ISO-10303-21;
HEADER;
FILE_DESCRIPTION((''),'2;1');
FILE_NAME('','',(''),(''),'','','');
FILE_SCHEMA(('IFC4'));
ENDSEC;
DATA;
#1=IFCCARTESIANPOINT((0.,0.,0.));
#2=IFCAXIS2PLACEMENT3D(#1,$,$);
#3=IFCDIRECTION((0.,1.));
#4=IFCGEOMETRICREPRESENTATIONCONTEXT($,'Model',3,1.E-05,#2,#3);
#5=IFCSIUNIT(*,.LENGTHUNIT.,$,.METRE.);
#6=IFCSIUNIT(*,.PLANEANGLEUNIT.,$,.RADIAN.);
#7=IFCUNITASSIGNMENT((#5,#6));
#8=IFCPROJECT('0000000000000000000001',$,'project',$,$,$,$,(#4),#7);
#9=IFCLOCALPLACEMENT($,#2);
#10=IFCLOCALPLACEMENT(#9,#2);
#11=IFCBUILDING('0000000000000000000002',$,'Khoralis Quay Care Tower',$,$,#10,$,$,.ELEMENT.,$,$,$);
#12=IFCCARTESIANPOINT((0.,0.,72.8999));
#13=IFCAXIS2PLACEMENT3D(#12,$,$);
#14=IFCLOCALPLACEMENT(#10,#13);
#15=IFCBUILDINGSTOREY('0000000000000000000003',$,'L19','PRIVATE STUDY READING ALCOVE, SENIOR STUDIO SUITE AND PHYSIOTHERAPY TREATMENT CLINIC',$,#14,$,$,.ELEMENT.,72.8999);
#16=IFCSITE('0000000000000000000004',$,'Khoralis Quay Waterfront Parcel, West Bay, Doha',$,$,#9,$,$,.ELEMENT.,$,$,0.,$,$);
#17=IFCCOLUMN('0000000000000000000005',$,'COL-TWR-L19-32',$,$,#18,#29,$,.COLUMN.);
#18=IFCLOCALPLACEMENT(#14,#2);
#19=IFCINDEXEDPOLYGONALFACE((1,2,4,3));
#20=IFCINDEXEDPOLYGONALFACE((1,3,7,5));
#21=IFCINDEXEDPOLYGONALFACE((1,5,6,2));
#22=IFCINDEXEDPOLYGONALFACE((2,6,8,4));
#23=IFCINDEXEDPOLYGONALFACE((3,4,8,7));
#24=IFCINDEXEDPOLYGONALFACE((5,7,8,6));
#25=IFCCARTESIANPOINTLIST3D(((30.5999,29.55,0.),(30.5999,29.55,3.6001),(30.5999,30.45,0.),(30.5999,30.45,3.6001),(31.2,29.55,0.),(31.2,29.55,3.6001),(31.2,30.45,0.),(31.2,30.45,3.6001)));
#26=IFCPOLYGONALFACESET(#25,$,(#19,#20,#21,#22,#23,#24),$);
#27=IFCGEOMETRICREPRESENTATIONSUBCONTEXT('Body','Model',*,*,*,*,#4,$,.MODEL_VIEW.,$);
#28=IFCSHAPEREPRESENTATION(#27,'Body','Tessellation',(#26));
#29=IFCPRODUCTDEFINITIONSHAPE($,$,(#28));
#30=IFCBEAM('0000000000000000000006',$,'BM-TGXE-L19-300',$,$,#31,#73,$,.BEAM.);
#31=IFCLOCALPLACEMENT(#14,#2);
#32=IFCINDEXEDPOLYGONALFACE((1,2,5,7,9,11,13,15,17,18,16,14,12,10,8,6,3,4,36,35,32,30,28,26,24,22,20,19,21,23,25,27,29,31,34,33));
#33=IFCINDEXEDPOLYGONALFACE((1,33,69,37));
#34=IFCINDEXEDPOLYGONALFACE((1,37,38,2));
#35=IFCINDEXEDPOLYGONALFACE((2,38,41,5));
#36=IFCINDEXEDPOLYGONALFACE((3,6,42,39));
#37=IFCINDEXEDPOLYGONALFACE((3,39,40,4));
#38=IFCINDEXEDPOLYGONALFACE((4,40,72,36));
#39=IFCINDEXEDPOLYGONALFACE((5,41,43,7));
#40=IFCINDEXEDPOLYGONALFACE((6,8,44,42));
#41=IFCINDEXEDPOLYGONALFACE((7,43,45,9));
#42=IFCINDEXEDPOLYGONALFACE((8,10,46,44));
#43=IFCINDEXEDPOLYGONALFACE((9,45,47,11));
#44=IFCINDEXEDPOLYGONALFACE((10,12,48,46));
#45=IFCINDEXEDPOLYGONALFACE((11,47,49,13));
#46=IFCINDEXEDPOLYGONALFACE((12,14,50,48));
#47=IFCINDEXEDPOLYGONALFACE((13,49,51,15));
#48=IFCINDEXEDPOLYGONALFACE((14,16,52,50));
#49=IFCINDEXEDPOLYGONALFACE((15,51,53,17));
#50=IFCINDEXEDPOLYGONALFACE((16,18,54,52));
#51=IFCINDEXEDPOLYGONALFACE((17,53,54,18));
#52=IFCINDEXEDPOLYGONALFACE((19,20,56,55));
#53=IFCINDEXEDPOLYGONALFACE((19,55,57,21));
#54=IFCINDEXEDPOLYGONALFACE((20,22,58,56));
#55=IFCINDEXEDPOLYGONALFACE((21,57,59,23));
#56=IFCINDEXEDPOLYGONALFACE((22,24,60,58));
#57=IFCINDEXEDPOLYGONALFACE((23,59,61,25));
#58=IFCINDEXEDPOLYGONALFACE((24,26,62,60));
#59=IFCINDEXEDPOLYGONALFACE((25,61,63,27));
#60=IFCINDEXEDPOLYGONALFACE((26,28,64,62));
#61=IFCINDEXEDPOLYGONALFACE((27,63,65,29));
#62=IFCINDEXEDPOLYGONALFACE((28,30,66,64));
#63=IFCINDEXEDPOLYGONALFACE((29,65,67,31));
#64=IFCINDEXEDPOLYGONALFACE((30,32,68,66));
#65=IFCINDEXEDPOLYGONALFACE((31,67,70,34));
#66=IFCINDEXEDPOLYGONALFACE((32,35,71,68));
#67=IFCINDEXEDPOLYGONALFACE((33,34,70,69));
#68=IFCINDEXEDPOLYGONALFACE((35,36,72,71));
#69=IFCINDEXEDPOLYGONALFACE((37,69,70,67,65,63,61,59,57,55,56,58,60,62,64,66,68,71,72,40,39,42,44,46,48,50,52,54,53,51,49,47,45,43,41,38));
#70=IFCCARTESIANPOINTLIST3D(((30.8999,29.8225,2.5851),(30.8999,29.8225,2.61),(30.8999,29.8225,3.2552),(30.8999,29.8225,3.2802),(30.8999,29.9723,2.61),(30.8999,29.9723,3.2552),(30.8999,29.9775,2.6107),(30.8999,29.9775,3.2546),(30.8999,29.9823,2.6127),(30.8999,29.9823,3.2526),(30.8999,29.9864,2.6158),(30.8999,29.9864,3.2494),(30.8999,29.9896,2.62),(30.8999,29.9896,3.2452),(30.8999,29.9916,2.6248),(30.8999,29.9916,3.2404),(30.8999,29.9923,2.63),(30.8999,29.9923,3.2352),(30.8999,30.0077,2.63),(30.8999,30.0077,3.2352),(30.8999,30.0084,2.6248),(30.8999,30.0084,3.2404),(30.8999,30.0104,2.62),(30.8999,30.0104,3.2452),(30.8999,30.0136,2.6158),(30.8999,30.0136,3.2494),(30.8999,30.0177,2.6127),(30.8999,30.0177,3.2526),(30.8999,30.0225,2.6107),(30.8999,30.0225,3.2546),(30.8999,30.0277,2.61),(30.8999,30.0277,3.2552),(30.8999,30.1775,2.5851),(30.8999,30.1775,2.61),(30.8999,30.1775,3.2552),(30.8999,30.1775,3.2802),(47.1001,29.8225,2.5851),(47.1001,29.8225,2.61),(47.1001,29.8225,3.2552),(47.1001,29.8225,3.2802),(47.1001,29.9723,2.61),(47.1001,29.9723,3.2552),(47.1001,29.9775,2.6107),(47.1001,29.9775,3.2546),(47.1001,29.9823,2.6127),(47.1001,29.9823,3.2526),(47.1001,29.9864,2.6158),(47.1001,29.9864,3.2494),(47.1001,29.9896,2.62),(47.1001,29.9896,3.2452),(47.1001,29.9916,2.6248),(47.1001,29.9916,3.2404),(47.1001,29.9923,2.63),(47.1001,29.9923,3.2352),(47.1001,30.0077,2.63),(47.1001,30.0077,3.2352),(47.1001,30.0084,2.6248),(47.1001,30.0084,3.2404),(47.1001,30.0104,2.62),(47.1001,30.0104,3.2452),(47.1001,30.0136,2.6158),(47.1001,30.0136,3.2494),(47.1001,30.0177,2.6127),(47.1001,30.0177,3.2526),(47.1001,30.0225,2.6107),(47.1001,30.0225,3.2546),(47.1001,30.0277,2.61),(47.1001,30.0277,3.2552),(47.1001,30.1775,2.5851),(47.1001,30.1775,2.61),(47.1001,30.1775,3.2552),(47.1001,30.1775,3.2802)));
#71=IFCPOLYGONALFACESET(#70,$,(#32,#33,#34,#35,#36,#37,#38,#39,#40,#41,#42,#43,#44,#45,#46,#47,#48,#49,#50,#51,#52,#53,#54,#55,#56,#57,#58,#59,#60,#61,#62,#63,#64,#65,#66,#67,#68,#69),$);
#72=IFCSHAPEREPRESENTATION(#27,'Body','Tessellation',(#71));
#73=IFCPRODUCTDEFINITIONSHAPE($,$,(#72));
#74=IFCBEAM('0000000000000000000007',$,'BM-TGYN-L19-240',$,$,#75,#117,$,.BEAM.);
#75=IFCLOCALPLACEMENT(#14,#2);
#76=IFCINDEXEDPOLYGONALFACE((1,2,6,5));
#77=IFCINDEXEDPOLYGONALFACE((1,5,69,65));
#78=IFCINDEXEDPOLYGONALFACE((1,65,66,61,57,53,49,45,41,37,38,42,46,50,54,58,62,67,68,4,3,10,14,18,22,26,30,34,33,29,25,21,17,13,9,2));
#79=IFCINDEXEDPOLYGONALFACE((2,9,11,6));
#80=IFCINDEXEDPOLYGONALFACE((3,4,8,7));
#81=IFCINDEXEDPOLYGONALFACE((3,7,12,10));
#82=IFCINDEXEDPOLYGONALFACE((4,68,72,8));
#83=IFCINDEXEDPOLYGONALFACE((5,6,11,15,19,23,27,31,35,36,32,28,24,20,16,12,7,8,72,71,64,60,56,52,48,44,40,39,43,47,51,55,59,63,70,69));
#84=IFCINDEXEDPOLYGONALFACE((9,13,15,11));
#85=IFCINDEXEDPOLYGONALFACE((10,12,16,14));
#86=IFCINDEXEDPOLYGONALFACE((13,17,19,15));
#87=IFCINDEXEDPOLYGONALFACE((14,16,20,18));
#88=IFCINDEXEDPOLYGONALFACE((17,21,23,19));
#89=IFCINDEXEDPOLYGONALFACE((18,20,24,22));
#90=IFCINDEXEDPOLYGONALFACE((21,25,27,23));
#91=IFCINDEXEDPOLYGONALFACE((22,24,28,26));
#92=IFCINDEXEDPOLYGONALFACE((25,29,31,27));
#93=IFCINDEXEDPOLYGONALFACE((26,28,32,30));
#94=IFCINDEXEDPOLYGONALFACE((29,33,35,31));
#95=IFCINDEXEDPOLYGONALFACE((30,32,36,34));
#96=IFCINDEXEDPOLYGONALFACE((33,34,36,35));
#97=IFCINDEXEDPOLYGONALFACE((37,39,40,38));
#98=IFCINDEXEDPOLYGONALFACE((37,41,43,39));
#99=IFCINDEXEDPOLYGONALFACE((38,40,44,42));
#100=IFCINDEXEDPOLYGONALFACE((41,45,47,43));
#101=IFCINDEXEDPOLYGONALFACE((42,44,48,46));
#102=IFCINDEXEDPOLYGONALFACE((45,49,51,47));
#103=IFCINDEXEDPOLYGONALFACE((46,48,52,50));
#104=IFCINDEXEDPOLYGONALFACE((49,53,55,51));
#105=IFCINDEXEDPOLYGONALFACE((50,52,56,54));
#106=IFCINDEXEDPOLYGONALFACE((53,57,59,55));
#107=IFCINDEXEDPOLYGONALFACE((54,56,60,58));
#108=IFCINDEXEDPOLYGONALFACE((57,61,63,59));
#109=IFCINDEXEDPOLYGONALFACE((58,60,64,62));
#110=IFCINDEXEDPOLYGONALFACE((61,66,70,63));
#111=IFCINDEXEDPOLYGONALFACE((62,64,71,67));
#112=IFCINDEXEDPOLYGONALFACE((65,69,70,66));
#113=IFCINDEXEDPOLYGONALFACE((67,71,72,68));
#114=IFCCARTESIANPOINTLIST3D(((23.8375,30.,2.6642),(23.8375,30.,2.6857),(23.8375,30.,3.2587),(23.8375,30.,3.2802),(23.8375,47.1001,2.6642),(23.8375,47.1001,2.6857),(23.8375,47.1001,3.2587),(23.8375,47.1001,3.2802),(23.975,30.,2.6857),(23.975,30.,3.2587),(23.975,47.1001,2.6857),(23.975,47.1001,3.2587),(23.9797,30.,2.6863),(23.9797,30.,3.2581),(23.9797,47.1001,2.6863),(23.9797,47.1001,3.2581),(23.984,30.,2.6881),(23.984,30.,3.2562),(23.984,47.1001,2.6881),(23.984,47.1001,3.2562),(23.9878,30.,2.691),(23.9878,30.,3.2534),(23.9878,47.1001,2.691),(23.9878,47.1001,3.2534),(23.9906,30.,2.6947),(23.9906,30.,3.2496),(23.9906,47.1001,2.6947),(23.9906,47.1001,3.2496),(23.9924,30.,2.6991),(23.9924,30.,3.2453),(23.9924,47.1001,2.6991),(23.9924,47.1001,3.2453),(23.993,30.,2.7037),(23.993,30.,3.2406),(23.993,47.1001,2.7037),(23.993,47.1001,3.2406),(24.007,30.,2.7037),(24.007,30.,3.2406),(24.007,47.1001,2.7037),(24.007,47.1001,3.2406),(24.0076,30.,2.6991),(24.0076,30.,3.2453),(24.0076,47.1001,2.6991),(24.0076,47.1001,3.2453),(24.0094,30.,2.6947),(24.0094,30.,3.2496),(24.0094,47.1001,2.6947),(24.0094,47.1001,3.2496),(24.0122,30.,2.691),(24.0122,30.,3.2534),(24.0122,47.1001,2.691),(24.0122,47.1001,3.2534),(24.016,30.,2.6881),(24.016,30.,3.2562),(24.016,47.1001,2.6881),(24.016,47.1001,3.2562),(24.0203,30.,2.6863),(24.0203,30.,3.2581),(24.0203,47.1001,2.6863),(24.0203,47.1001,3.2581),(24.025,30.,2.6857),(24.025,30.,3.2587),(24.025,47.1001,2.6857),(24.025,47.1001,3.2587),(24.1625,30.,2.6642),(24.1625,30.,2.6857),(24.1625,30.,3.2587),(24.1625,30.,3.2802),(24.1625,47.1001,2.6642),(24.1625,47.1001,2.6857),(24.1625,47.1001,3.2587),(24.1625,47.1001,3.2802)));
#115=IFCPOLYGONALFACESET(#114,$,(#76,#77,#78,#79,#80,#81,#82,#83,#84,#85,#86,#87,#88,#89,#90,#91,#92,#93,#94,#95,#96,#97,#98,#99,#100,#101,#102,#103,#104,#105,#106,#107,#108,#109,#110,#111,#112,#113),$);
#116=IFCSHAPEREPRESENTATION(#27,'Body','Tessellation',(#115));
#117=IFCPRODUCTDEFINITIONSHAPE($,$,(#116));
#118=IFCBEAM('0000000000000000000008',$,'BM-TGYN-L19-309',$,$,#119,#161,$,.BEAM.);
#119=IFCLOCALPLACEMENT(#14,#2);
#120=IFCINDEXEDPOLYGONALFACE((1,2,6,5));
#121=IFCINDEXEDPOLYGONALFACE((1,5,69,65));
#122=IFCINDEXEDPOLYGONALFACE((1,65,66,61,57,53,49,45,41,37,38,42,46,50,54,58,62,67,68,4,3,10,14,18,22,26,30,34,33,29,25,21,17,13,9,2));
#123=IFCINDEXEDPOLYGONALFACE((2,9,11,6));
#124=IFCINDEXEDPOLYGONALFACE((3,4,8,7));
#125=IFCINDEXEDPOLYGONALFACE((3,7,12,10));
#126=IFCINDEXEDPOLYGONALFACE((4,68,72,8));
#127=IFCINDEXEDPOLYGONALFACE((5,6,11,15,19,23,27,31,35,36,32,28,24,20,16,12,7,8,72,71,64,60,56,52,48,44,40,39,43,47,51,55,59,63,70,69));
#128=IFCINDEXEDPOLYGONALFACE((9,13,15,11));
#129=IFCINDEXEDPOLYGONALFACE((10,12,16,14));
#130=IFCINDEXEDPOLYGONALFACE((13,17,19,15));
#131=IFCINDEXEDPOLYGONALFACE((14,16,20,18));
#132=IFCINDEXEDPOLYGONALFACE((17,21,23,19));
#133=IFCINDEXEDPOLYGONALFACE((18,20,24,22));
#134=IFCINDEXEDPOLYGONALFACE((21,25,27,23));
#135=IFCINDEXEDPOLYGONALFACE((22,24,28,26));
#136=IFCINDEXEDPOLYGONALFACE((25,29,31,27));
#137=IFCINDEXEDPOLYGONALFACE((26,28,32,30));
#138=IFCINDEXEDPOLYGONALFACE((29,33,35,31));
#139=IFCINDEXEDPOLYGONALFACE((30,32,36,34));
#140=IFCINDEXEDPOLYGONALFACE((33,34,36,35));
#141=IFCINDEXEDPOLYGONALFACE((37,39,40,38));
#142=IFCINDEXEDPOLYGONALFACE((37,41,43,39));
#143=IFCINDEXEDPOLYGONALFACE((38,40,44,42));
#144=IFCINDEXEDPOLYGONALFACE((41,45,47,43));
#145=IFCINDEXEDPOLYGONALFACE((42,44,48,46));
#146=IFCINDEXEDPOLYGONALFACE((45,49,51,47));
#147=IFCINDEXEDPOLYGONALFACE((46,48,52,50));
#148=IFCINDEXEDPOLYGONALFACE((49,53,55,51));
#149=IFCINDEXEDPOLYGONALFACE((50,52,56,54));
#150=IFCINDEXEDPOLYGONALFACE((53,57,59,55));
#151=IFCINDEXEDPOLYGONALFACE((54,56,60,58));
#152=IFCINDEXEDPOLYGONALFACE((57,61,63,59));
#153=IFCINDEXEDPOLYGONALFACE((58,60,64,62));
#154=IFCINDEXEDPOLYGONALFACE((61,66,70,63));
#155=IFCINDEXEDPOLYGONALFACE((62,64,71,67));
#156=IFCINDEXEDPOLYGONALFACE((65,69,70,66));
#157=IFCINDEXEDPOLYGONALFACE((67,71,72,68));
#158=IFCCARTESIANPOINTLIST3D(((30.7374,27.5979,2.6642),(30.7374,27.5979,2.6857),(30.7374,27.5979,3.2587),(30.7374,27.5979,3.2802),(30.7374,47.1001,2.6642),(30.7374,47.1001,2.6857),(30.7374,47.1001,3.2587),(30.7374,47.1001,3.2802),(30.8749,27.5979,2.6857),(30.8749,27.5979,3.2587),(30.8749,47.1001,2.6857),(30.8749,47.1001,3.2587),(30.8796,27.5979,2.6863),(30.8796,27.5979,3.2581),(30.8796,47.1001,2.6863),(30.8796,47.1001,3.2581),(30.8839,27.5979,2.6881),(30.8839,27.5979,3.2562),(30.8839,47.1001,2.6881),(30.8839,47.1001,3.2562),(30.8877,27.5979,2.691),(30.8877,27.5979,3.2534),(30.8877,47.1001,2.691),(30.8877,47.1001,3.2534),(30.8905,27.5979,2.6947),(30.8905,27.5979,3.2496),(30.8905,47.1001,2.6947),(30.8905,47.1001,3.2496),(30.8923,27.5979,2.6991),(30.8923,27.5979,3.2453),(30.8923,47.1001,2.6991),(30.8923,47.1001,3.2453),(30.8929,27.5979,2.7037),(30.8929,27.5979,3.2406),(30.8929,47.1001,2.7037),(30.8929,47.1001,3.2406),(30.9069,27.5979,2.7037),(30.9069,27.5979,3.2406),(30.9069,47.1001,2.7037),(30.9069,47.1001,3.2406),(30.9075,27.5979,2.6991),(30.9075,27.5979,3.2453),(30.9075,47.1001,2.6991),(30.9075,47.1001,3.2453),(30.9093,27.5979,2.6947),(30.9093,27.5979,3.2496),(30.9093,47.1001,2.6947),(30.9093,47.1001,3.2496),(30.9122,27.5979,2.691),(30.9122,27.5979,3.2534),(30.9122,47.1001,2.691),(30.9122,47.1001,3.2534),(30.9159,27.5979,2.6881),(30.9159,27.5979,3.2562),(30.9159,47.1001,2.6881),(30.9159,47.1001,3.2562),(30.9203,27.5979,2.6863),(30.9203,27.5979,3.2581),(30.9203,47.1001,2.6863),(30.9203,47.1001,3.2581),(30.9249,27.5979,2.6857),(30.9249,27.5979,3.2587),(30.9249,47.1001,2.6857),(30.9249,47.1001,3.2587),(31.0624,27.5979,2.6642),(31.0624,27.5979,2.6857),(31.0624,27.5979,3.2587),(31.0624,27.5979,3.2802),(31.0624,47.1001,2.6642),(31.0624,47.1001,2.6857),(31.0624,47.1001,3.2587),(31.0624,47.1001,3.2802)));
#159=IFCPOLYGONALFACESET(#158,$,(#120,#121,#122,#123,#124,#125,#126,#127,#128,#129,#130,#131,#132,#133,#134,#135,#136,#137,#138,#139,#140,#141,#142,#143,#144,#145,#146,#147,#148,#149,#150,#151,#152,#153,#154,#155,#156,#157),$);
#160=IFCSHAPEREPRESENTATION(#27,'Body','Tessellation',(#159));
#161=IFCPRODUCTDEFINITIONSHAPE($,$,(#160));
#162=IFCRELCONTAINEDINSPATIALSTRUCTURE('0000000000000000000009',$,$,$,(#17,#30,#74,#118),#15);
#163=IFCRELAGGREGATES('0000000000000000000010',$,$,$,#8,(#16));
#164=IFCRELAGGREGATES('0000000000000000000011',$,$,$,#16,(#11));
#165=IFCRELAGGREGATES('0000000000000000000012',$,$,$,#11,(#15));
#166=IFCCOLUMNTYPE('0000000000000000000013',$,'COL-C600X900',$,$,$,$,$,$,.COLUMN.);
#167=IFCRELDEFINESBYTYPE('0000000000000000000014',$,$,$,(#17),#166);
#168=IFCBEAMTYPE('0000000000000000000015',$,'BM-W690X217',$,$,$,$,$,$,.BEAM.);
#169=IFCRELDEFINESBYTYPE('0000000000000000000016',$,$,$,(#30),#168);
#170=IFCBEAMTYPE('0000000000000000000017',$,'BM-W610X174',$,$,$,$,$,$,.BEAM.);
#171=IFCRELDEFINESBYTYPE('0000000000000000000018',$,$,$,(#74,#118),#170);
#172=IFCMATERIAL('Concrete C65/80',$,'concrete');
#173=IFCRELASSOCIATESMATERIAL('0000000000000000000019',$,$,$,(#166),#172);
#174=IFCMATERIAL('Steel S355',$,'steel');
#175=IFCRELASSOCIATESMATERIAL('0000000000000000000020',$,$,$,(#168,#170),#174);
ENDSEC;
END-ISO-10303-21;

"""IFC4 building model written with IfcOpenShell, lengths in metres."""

from ifc_helpers import new_model, si_unit, direction, frame, origin, origin_2d, place, context, subcontext, project, spatial, rectangle, i_section, extrude, source, transform, mapped, material, material_profile, profile_set, type_object, element, save


model = new_model("IFC4")

# Units and contexts
model_context = context("Model", 3, precision=1e-05, world=origin(), true_north=direction((0.0, 1.0)))
body_context = subcontext(model_context, "Body", "Model", "MODEL_VIEW")
ifc_project = project(units=[si_unit("LENGTHUNIT", "METRE"), si_unit("PLANEANGLEUNIT", "RADIAN")], contexts=[model_context])

# Site, building, storey
site_placement = place(None, origin())
site = spatial("IfcSite", under=ifc_project, at=site_placement, Name="Khoralis Quay Waterfront Parcel, West Bay, Doha", CompositionType="ELEMENT", RefElevation=0.0)
building_placement = place(site_placement, origin())
building = spatial("IfcBuilding", under=site, at=building_placement, Name="Khoralis Quay Care Tower", CompositionType="ELEMENT")
storey_placement = place(building_placement, frame((0.0, 0.0, 72.8999)))
storey = spatial("IfcBuildingStorey", under=building, at=storey_placement, Name="L19", Description="PRIVATE STUDY READING ALCOVE, SENIOR STUDIO SUITE AND PHYSIOTHERAPY TREATMENT CLINIC", CompositionType="ELEMENT", Elevation=72.8999)

# Column
ifc_material_1 = material(Name="Concrete C65/80", Category="concrete")
ifc_material_profile_1 = material_profile(ifc_material_1, rectangle(XDim=0.6001, YDim=0.8999, at=origin_2d()), Name="Concrete C65/80")
ifc_profile_set_1 = profile_set([ifc_material_profile_1], Name="Concrete C65/80")
column_type = type_object("IfcColumnType", Name="COL-C600X900", PredefinedType="COLUMN", material=ifc_profile_set_1)
shared_shape_1 = source(origin(), body_context, "Body", "SweptSolid", [
    extrude(rectangle(XDim=0.6001, YDim=0.8999, at=origin_2d()), origin(), (0.0, 0.0, 1.0), 3.6001),
])
column_placement = place(storey_placement, frame((30.8999, 30.0, 0.0), z_axis=(0.0, 0.0, 1.0), x_axis=(1.0, 0.0, 0.0)))
element("IfcColumn", 1, at=column_placement, inside=storey, type_object=column_type, Name="COL-TWR-L19-32", PredefinedType="COLUMN", context=body_context, shape_type="MappedRepresentation", body=[
    mapped(shared_shape_1, transform((0.0, 0.0, 0.0), scale=1.0)),
])

# Beams
ifc_material_2 = material(Name="Steel S355", Category="steel")
ifc_material_profile_2 = material_profile(ifc_material_2, i_section(OverallWidth=0.355, OverallDepth=0.6951, WebThickness=0.0154, FlangeThickness=0.0249, FilletRadius=0.02, at=origin_2d()), Name="Steel S355")
ifc_profile_set_2 = profile_set([ifc_material_profile_2], Name="Steel S355")
beam_type_1 = type_object("IfcBeamType", Name="BM-W690X217", PredefinedType="BEAM", material=ifc_profile_set_2)
shared_shape_2 = source(origin(), body_context, "Body", "SweptSolid", [
    extrude(i_section(OverallWidth=0.355, OverallDepth=0.6951, WebThickness=0.0154, FlangeThickness=0.0249, FilletRadius=0.02, at=origin_2d()), origin(), (0.0, 0.0, 1.0), 16.2002),
])
beam_1_placement = place(storey_placement, frame((30.8999, 30.0, 2.9326), z_axis=(1.0, 0.0, 0.0), x_axis=(0.0, 1.0, 0.0)))
element("IfcBeam", 2, at=beam_1_placement, inside=storey, type_object=beam_type_1, Name="BM-TGXE-L19-300", PredefinedType="BEAM", context=body_context, shape_type="MappedRepresentation", body=[
    mapped(shared_shape_2, transform((0.0, 0.0, 0.0), scale=1.0)),
])
ifc_material_profile_3 = material_profile(ifc_material_2, i_section(OverallWidth=0.325, OverallDepth=0.616, WebThickness=0.0139, FlangeThickness=0.0215, FilletRadius=0.0181, at=origin_2d()), Name="Steel S355")
ifc_profile_set_3 = profile_set([ifc_material_profile_3], Name="Steel S355")
beam_type_2 = type_object("IfcBeamType", Name="BM-W610X174", PredefinedType="BEAM", material=ifc_profile_set_3)
shared_shape_3 = source(origin(), body_context, "Body", "SweptSolid", [
    extrude(i_section(OverallWidth=0.325, OverallDepth=0.616, WebThickness=0.0139, FlangeThickness=0.0215, FilletRadius=0.0181, at=origin_2d()), origin(), (0.0, 0.0, 1.0), 17.1001),
])
beam_2_placement = place(storey_placement, frame((24.0, 30.0, 2.9722), z_axis=(0.0, 1.0, 0.0), x_axis=(-1.0, 0.0, 0.0)))
element("IfcBeam", 3, at=beam_2_placement, inside=storey, type_object=beam_type_2, Name="BM-TGYN-L19-240", PredefinedType="BEAM", context=body_context, shape_type="MappedRepresentation", body=[
    mapped(shared_shape_3, transform((0.0, 0.0, 0.0), scale=1.0)),
])
shared_shape_4 = source(origin(), body_context, "Body", "SweptSolid", [
    extrude(i_section(OverallWidth=0.325, OverallDepth=0.616, WebThickness=0.0139, FlangeThickness=0.0215, FilletRadius=0.0181, at=origin_2d()), origin(), (0.0, 0.0, 1.0), 19.5022),
])
beam_3_placement = place(storey_placement, frame((30.8999, 27.5979, 2.9722), z_axis=(0.0, 1.0, 0.0), x_axis=(-1.0, 0.0, 0.0)))
element("IfcBeam", 4, at=beam_3_placement, inside=storey, type_object=beam_type_2, Name="BM-TGYN-L19-309", PredefinedType="BEAM", context=body_context, shape_type="MappedRepresentation", body=[
    mapped(shared_shape_4, transform((0.0, 0.0, 0.0), scale=1.0)),
])

save(model, "model.ifc")
